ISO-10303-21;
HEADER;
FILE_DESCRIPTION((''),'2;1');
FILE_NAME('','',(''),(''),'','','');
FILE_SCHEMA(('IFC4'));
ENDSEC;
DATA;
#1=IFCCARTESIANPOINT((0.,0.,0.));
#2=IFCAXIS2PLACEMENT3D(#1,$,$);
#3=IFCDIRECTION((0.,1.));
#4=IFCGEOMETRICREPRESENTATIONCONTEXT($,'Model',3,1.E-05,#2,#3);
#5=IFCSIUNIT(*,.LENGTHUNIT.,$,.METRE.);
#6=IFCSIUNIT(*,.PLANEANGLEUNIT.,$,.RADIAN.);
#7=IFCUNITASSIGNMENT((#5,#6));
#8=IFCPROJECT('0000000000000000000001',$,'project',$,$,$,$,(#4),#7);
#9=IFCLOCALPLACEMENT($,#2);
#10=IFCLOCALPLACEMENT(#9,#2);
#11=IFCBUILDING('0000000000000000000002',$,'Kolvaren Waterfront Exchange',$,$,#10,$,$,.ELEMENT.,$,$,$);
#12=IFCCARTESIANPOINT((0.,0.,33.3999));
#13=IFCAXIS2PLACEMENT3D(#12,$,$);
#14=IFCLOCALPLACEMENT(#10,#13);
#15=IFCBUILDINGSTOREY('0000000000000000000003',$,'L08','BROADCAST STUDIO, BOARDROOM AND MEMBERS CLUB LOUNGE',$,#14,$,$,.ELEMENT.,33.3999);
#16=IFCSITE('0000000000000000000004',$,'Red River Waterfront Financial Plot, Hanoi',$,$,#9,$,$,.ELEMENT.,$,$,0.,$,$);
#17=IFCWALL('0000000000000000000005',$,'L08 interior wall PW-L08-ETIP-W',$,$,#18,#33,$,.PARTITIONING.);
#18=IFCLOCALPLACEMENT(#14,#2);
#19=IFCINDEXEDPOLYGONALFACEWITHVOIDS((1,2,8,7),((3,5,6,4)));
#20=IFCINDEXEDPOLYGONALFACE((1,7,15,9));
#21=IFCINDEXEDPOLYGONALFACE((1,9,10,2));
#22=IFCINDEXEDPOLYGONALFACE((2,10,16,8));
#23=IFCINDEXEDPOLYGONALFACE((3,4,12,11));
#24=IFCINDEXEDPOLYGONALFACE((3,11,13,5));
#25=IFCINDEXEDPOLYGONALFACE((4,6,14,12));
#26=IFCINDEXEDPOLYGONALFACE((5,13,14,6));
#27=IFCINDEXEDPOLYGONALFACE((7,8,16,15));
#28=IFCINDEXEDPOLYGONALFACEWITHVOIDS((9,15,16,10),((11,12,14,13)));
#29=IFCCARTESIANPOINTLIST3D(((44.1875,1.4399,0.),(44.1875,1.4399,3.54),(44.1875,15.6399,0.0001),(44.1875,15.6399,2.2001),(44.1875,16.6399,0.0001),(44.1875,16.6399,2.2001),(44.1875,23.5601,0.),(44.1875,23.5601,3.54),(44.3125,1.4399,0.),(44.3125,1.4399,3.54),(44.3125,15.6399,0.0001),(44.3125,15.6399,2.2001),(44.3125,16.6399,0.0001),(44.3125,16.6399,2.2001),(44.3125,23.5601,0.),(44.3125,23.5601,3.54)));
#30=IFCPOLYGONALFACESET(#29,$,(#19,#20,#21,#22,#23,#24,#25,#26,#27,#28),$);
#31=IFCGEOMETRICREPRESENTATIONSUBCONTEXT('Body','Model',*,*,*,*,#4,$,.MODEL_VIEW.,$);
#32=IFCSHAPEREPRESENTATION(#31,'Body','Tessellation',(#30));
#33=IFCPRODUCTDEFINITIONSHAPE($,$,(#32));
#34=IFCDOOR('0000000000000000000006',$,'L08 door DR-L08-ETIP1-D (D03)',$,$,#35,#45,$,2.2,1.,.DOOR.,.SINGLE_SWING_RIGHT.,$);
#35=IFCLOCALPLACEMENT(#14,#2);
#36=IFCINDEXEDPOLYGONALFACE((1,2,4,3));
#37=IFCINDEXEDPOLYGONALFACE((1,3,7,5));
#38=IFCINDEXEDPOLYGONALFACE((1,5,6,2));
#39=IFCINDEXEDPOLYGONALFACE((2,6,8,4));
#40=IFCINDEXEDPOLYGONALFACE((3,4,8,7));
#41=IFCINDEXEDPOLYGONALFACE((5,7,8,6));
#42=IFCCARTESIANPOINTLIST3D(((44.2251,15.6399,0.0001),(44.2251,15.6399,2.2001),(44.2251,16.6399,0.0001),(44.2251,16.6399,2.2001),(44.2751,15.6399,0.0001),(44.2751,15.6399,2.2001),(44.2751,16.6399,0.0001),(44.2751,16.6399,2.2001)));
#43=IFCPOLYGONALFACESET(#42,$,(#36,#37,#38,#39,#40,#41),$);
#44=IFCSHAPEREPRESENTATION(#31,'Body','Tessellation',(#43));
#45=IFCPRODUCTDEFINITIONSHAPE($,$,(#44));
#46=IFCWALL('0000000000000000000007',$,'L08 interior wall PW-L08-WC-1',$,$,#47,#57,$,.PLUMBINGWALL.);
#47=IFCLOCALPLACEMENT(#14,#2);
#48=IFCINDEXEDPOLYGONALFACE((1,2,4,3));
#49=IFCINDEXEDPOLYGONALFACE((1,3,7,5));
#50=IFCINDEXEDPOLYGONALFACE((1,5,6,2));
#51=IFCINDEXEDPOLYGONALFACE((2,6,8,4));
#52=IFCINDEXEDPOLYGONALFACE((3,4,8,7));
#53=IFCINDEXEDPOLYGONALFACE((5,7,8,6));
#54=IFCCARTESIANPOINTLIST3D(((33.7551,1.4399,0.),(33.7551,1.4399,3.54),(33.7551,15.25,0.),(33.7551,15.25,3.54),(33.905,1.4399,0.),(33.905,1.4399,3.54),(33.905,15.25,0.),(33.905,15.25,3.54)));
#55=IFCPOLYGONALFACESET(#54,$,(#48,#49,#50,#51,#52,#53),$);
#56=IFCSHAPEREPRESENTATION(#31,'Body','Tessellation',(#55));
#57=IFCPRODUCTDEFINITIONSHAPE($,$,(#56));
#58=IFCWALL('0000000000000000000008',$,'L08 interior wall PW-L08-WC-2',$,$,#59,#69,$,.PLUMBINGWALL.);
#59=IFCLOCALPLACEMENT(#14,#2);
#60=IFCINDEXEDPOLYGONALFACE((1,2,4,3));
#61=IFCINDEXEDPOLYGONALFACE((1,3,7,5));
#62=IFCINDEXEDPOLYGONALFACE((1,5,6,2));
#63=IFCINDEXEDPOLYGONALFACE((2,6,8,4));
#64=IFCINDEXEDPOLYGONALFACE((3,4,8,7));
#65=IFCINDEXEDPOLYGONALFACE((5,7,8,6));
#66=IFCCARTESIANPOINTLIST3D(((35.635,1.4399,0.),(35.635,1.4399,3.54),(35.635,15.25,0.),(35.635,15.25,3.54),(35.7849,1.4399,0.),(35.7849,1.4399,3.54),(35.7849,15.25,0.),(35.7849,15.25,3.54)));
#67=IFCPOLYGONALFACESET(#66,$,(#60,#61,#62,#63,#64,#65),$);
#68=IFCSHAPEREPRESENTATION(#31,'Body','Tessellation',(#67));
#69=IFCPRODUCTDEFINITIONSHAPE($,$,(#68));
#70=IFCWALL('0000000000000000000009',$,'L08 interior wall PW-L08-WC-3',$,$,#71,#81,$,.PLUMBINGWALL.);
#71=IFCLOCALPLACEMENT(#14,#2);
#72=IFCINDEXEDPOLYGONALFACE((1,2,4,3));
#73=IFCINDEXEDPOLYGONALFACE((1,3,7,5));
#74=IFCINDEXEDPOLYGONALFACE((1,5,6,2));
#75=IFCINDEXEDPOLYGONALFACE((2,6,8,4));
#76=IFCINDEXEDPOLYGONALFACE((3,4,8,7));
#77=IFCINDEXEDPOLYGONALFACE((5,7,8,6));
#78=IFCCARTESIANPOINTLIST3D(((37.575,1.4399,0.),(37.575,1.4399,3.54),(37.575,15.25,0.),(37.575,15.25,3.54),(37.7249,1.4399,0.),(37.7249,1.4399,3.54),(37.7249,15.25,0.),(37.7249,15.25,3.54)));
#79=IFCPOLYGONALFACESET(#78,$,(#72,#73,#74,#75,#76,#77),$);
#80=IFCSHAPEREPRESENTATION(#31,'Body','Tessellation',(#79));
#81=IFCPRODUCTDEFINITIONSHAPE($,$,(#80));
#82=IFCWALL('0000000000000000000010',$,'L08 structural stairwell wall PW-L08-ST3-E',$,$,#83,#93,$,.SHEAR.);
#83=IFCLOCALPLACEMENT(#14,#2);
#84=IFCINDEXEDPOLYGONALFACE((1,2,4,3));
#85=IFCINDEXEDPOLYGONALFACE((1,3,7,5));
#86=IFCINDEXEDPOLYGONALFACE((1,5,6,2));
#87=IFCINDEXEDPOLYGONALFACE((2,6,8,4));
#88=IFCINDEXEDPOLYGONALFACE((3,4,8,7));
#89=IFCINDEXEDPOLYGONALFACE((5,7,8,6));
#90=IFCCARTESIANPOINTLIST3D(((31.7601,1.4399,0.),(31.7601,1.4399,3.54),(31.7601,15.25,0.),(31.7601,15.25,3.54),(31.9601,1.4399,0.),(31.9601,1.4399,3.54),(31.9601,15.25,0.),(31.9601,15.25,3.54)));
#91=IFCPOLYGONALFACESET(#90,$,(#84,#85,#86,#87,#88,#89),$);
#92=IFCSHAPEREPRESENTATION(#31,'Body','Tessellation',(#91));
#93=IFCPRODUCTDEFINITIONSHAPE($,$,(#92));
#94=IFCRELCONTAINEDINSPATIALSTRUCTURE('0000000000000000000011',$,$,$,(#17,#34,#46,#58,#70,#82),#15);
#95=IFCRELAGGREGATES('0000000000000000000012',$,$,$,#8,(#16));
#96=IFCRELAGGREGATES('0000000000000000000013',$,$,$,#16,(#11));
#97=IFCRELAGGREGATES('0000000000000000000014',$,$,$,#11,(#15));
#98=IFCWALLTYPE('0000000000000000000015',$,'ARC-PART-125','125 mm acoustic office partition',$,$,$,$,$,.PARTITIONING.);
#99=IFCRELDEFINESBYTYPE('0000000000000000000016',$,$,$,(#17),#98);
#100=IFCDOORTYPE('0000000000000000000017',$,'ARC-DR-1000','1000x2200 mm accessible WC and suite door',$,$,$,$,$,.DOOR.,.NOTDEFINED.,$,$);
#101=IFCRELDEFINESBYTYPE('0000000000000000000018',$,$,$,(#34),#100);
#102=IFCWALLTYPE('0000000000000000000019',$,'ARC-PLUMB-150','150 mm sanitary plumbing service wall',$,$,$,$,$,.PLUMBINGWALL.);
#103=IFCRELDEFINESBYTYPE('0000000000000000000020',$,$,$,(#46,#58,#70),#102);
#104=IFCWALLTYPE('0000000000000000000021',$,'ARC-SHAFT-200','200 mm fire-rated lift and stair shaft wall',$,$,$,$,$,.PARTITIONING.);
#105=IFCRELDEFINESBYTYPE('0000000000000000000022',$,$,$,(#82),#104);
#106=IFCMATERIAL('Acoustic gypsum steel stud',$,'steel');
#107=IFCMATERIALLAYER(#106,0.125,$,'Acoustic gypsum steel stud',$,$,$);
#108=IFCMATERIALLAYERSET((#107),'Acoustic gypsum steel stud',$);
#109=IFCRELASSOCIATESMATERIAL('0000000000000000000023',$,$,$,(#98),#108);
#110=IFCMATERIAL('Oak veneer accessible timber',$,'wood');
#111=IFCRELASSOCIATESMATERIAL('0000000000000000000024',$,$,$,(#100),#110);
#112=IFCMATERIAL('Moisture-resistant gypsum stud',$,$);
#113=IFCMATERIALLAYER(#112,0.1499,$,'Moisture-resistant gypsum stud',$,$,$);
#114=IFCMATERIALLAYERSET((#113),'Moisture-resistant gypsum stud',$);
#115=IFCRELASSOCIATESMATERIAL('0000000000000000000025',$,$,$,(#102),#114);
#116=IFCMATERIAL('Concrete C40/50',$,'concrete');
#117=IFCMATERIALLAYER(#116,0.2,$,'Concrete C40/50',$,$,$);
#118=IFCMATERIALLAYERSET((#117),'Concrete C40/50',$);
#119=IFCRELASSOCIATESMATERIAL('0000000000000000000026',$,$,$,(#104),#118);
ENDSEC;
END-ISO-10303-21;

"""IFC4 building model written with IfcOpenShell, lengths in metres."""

from ifc_helpers import new_model, si_unit, direction, frame, frame_2d, origin, place, context, subcontext, project, spatial, rectangle, extrude, material, layer, layer_set, type_object, element, fill, save


model = new_model("IFC4")

# Units and contexts
model_context = context("Model", 3, precision=1e-05, world=origin(), true_north=direction((0.0, 1.0)))
body_context = subcontext(model_context, "Body", "Model", "MODEL_VIEW")
ifc_project = project(units=[si_unit("LENGTHUNIT", "METRE"), si_unit("PLANEANGLEUNIT", "RADIAN")], contexts=[model_context])

# Site, building, storey
site_placement = place(None, origin())
site = spatial("IfcSite", under=ifc_project, at=site_placement, Name="Red River Waterfront Financial Plot, Hanoi", CompositionType="ELEMENT", RefElevation=0.0)
building_placement = place(site_placement, origin())
building = spatial("IfcBuilding", under=site, at=building_placement, Name="Kolvaren Waterfront Exchange", CompositionType="ELEMENT")
storey_placement = place(building_placement, frame((0.0, 0.0, 33.3999)))
storey = spatial("IfcBuildingStorey", under=building, at=storey_placement, Name="L08", Description="BROADCAST STUDIO, BOARDROOM AND MEMBERS CLUB LOUNGE", CompositionType="ELEMENT", Elevation=33.3999)

# Wall, opening, door
ifc_material_1 = material(Name="Acoustic gypsum steel stud", Category="steel")
ifc_layer_1 = layer(ifc_material_1, 0.125, Name="Acoustic gypsum steel stud")
ifc_layer_set_1 = layer_set([ifc_layer_1], Name="Acoustic gypsum steel stud")
wall_type_1 = type_object("IfcWallType", Name="ARC-PART-125", Description="125 mm acoustic office partition", PredefinedType="PARTITIONING", material=ifc_layer_set_1)
wall_1_placement = place(storey_placement, frame((44.25, 1.4399, 0.0), z_axis=(0.0, 0.0, 1.0), x_axis=(0.0, 1.0, 0.0)))
wall_1 = element("IfcWall", 1, at=wall_1_placement, inside=storey, type_object=wall_type_1, Name="L08 interior wall PW-L08-ETIP-W", PredefinedType="PARTITIONING", context=body_context, shape_type="SweptSolid", body=[
    extrude(rectangle(XDim=22.1201, YDim=0.125, at=frame_2d((11.0601, 0.0))), origin(), (0.0, 0.0, 1.0), 3.54),
])
opening_placement = place(wall_1_placement, frame((14.2, 0.0, 0.0)))
opening = element("IfcOpeningElement", 2, at=opening_placement, cuts=wall_1, PredefinedType="OPENING", context=body_context, shape_type="SweptSolid", body=[
    extrude(rectangle(XDim=1.0, YDim=2.2, at=frame_2d((0.5, 1.1001))), frame((0.0, 0.0725, 0.0), z_axis=(0.0, -1.0, 0.0), x_axis=(1.0, 0.0, 0.0)), (0.0, 0.0, 1.0), 0.145),
])
ifc_material_2 = material(Name="Oak veneer accessible timber", Category="wood")
door_type = type_object("IfcDoorType", Name="ARC-DR-1000", Description="1000x2200 mm accessible WC and suite door", OperationType="NOTDEFINED", PredefinedType="DOOR", material=ifc_material_2)
door_placement = place(opening_placement, origin())
door = element("IfcDoor", 3, at=door_placement, inside=storey, type_object=door_type, Name="L08 door DR-L08-ETIP1-D (D03)", OperationType="SINGLE_SWING_RIGHT", OverallHeight=2.2, OverallWidth=1.0, PredefinedType="DOOR", context=body_context, shape_type="SweptSolid", body=[
    extrude(rectangle(XDim=1.0, YDim=2.2, at=frame_2d((0.5, 1.1001))), frame((0.0, 0.0249, 0.0), z_axis=(0.0, -1.0, 0.0), x_axis=(1.0, 0.0, 0.0)), (0.0, 0.0, 1.0), 0.05),
])
fill(opening, door)

# Walls
ifc_material_3 = material(Name="Moisture-resistant gypsum stud")
ifc_layer_2 = layer(ifc_material_3, 0.1499, Name="Moisture-resistant gypsum stud")
ifc_layer_set_2 = layer_set([ifc_layer_2], Name="Moisture-resistant gypsum stud")
wall_type_2 = type_object("IfcWallType", Name="ARC-PLUMB-150", Description="150 mm sanitary plumbing service wall", PredefinedType="PLUMBINGWALL", material=ifc_layer_set_2)
for number, where, z_axis, x_axis, name in (
    (4, (33.8301, 1.4399, 0.0), (0.0, 0.0, 1.0), (0.0, 1.0, 0.0), "L08 interior wall PW-L08-WC-1"),
    (5, (35.71, 1.4399, 0.0), (0.0, 0.0, 1.0), (0.0, 1.0, 0.0), "L08 interior wall PW-L08-WC-2"),
    (6, (37.6499, 1.4399, 0.0), (0.0, 0.0, 1.0), (0.0, 1.0, 0.0), "L08 interior wall PW-L08-WC-3"),
):
    element("IfcWall", number, at=place(storey_placement, frame(where, z_axis=z_axis, x_axis=x_axis)), inside=storey, type_object=wall_type_2, Name=name, PredefinedType="PLUMBINGWALL", context=body_context, shape_type="SweptSolid", body=[
        extrude(rectangle(XDim=13.8101, YDim=0.1499, at=frame_2d((6.905, 0.0))), origin(), (0.0, 0.0, 1.0), 3.54),
    ])
ifc_material_4 = material(Name="Concrete C40/50", Category="concrete")
ifc_layer_3 = layer(ifc_material_4, 0.2, Name="Concrete C40/50")
ifc_layer_set_3 = layer_set([ifc_layer_3], Name="Concrete C40/50")
wall_type_3 = type_object("IfcWallType", Name="ARC-SHAFT-200", Description="200 mm fire-rated lift and stair shaft wall", PredefinedType="PARTITIONING", material=ifc_layer_set_3)
wall_2_placement = place(storey_placement, frame((31.8601, 1.4399, 0.0), z_axis=(0.0, 0.0, 1.0), x_axis=(0.0, 1.0, 0.0)))
element("IfcWall", 7, at=wall_2_placement, inside=storey, type_object=wall_type_3, Name="L08 structural stairwell wall PW-L08-ST3-E", PredefinedType="SHEAR", context=body_context, shape_type="SweptSolid", body=[
    extrude(rectangle(XDim=13.8101, YDim=0.2, at=frame_2d((6.905, 0.0))), origin(), (0.0, 0.0, 1.0), 3.54),
])

save(model, "model.ifc")
